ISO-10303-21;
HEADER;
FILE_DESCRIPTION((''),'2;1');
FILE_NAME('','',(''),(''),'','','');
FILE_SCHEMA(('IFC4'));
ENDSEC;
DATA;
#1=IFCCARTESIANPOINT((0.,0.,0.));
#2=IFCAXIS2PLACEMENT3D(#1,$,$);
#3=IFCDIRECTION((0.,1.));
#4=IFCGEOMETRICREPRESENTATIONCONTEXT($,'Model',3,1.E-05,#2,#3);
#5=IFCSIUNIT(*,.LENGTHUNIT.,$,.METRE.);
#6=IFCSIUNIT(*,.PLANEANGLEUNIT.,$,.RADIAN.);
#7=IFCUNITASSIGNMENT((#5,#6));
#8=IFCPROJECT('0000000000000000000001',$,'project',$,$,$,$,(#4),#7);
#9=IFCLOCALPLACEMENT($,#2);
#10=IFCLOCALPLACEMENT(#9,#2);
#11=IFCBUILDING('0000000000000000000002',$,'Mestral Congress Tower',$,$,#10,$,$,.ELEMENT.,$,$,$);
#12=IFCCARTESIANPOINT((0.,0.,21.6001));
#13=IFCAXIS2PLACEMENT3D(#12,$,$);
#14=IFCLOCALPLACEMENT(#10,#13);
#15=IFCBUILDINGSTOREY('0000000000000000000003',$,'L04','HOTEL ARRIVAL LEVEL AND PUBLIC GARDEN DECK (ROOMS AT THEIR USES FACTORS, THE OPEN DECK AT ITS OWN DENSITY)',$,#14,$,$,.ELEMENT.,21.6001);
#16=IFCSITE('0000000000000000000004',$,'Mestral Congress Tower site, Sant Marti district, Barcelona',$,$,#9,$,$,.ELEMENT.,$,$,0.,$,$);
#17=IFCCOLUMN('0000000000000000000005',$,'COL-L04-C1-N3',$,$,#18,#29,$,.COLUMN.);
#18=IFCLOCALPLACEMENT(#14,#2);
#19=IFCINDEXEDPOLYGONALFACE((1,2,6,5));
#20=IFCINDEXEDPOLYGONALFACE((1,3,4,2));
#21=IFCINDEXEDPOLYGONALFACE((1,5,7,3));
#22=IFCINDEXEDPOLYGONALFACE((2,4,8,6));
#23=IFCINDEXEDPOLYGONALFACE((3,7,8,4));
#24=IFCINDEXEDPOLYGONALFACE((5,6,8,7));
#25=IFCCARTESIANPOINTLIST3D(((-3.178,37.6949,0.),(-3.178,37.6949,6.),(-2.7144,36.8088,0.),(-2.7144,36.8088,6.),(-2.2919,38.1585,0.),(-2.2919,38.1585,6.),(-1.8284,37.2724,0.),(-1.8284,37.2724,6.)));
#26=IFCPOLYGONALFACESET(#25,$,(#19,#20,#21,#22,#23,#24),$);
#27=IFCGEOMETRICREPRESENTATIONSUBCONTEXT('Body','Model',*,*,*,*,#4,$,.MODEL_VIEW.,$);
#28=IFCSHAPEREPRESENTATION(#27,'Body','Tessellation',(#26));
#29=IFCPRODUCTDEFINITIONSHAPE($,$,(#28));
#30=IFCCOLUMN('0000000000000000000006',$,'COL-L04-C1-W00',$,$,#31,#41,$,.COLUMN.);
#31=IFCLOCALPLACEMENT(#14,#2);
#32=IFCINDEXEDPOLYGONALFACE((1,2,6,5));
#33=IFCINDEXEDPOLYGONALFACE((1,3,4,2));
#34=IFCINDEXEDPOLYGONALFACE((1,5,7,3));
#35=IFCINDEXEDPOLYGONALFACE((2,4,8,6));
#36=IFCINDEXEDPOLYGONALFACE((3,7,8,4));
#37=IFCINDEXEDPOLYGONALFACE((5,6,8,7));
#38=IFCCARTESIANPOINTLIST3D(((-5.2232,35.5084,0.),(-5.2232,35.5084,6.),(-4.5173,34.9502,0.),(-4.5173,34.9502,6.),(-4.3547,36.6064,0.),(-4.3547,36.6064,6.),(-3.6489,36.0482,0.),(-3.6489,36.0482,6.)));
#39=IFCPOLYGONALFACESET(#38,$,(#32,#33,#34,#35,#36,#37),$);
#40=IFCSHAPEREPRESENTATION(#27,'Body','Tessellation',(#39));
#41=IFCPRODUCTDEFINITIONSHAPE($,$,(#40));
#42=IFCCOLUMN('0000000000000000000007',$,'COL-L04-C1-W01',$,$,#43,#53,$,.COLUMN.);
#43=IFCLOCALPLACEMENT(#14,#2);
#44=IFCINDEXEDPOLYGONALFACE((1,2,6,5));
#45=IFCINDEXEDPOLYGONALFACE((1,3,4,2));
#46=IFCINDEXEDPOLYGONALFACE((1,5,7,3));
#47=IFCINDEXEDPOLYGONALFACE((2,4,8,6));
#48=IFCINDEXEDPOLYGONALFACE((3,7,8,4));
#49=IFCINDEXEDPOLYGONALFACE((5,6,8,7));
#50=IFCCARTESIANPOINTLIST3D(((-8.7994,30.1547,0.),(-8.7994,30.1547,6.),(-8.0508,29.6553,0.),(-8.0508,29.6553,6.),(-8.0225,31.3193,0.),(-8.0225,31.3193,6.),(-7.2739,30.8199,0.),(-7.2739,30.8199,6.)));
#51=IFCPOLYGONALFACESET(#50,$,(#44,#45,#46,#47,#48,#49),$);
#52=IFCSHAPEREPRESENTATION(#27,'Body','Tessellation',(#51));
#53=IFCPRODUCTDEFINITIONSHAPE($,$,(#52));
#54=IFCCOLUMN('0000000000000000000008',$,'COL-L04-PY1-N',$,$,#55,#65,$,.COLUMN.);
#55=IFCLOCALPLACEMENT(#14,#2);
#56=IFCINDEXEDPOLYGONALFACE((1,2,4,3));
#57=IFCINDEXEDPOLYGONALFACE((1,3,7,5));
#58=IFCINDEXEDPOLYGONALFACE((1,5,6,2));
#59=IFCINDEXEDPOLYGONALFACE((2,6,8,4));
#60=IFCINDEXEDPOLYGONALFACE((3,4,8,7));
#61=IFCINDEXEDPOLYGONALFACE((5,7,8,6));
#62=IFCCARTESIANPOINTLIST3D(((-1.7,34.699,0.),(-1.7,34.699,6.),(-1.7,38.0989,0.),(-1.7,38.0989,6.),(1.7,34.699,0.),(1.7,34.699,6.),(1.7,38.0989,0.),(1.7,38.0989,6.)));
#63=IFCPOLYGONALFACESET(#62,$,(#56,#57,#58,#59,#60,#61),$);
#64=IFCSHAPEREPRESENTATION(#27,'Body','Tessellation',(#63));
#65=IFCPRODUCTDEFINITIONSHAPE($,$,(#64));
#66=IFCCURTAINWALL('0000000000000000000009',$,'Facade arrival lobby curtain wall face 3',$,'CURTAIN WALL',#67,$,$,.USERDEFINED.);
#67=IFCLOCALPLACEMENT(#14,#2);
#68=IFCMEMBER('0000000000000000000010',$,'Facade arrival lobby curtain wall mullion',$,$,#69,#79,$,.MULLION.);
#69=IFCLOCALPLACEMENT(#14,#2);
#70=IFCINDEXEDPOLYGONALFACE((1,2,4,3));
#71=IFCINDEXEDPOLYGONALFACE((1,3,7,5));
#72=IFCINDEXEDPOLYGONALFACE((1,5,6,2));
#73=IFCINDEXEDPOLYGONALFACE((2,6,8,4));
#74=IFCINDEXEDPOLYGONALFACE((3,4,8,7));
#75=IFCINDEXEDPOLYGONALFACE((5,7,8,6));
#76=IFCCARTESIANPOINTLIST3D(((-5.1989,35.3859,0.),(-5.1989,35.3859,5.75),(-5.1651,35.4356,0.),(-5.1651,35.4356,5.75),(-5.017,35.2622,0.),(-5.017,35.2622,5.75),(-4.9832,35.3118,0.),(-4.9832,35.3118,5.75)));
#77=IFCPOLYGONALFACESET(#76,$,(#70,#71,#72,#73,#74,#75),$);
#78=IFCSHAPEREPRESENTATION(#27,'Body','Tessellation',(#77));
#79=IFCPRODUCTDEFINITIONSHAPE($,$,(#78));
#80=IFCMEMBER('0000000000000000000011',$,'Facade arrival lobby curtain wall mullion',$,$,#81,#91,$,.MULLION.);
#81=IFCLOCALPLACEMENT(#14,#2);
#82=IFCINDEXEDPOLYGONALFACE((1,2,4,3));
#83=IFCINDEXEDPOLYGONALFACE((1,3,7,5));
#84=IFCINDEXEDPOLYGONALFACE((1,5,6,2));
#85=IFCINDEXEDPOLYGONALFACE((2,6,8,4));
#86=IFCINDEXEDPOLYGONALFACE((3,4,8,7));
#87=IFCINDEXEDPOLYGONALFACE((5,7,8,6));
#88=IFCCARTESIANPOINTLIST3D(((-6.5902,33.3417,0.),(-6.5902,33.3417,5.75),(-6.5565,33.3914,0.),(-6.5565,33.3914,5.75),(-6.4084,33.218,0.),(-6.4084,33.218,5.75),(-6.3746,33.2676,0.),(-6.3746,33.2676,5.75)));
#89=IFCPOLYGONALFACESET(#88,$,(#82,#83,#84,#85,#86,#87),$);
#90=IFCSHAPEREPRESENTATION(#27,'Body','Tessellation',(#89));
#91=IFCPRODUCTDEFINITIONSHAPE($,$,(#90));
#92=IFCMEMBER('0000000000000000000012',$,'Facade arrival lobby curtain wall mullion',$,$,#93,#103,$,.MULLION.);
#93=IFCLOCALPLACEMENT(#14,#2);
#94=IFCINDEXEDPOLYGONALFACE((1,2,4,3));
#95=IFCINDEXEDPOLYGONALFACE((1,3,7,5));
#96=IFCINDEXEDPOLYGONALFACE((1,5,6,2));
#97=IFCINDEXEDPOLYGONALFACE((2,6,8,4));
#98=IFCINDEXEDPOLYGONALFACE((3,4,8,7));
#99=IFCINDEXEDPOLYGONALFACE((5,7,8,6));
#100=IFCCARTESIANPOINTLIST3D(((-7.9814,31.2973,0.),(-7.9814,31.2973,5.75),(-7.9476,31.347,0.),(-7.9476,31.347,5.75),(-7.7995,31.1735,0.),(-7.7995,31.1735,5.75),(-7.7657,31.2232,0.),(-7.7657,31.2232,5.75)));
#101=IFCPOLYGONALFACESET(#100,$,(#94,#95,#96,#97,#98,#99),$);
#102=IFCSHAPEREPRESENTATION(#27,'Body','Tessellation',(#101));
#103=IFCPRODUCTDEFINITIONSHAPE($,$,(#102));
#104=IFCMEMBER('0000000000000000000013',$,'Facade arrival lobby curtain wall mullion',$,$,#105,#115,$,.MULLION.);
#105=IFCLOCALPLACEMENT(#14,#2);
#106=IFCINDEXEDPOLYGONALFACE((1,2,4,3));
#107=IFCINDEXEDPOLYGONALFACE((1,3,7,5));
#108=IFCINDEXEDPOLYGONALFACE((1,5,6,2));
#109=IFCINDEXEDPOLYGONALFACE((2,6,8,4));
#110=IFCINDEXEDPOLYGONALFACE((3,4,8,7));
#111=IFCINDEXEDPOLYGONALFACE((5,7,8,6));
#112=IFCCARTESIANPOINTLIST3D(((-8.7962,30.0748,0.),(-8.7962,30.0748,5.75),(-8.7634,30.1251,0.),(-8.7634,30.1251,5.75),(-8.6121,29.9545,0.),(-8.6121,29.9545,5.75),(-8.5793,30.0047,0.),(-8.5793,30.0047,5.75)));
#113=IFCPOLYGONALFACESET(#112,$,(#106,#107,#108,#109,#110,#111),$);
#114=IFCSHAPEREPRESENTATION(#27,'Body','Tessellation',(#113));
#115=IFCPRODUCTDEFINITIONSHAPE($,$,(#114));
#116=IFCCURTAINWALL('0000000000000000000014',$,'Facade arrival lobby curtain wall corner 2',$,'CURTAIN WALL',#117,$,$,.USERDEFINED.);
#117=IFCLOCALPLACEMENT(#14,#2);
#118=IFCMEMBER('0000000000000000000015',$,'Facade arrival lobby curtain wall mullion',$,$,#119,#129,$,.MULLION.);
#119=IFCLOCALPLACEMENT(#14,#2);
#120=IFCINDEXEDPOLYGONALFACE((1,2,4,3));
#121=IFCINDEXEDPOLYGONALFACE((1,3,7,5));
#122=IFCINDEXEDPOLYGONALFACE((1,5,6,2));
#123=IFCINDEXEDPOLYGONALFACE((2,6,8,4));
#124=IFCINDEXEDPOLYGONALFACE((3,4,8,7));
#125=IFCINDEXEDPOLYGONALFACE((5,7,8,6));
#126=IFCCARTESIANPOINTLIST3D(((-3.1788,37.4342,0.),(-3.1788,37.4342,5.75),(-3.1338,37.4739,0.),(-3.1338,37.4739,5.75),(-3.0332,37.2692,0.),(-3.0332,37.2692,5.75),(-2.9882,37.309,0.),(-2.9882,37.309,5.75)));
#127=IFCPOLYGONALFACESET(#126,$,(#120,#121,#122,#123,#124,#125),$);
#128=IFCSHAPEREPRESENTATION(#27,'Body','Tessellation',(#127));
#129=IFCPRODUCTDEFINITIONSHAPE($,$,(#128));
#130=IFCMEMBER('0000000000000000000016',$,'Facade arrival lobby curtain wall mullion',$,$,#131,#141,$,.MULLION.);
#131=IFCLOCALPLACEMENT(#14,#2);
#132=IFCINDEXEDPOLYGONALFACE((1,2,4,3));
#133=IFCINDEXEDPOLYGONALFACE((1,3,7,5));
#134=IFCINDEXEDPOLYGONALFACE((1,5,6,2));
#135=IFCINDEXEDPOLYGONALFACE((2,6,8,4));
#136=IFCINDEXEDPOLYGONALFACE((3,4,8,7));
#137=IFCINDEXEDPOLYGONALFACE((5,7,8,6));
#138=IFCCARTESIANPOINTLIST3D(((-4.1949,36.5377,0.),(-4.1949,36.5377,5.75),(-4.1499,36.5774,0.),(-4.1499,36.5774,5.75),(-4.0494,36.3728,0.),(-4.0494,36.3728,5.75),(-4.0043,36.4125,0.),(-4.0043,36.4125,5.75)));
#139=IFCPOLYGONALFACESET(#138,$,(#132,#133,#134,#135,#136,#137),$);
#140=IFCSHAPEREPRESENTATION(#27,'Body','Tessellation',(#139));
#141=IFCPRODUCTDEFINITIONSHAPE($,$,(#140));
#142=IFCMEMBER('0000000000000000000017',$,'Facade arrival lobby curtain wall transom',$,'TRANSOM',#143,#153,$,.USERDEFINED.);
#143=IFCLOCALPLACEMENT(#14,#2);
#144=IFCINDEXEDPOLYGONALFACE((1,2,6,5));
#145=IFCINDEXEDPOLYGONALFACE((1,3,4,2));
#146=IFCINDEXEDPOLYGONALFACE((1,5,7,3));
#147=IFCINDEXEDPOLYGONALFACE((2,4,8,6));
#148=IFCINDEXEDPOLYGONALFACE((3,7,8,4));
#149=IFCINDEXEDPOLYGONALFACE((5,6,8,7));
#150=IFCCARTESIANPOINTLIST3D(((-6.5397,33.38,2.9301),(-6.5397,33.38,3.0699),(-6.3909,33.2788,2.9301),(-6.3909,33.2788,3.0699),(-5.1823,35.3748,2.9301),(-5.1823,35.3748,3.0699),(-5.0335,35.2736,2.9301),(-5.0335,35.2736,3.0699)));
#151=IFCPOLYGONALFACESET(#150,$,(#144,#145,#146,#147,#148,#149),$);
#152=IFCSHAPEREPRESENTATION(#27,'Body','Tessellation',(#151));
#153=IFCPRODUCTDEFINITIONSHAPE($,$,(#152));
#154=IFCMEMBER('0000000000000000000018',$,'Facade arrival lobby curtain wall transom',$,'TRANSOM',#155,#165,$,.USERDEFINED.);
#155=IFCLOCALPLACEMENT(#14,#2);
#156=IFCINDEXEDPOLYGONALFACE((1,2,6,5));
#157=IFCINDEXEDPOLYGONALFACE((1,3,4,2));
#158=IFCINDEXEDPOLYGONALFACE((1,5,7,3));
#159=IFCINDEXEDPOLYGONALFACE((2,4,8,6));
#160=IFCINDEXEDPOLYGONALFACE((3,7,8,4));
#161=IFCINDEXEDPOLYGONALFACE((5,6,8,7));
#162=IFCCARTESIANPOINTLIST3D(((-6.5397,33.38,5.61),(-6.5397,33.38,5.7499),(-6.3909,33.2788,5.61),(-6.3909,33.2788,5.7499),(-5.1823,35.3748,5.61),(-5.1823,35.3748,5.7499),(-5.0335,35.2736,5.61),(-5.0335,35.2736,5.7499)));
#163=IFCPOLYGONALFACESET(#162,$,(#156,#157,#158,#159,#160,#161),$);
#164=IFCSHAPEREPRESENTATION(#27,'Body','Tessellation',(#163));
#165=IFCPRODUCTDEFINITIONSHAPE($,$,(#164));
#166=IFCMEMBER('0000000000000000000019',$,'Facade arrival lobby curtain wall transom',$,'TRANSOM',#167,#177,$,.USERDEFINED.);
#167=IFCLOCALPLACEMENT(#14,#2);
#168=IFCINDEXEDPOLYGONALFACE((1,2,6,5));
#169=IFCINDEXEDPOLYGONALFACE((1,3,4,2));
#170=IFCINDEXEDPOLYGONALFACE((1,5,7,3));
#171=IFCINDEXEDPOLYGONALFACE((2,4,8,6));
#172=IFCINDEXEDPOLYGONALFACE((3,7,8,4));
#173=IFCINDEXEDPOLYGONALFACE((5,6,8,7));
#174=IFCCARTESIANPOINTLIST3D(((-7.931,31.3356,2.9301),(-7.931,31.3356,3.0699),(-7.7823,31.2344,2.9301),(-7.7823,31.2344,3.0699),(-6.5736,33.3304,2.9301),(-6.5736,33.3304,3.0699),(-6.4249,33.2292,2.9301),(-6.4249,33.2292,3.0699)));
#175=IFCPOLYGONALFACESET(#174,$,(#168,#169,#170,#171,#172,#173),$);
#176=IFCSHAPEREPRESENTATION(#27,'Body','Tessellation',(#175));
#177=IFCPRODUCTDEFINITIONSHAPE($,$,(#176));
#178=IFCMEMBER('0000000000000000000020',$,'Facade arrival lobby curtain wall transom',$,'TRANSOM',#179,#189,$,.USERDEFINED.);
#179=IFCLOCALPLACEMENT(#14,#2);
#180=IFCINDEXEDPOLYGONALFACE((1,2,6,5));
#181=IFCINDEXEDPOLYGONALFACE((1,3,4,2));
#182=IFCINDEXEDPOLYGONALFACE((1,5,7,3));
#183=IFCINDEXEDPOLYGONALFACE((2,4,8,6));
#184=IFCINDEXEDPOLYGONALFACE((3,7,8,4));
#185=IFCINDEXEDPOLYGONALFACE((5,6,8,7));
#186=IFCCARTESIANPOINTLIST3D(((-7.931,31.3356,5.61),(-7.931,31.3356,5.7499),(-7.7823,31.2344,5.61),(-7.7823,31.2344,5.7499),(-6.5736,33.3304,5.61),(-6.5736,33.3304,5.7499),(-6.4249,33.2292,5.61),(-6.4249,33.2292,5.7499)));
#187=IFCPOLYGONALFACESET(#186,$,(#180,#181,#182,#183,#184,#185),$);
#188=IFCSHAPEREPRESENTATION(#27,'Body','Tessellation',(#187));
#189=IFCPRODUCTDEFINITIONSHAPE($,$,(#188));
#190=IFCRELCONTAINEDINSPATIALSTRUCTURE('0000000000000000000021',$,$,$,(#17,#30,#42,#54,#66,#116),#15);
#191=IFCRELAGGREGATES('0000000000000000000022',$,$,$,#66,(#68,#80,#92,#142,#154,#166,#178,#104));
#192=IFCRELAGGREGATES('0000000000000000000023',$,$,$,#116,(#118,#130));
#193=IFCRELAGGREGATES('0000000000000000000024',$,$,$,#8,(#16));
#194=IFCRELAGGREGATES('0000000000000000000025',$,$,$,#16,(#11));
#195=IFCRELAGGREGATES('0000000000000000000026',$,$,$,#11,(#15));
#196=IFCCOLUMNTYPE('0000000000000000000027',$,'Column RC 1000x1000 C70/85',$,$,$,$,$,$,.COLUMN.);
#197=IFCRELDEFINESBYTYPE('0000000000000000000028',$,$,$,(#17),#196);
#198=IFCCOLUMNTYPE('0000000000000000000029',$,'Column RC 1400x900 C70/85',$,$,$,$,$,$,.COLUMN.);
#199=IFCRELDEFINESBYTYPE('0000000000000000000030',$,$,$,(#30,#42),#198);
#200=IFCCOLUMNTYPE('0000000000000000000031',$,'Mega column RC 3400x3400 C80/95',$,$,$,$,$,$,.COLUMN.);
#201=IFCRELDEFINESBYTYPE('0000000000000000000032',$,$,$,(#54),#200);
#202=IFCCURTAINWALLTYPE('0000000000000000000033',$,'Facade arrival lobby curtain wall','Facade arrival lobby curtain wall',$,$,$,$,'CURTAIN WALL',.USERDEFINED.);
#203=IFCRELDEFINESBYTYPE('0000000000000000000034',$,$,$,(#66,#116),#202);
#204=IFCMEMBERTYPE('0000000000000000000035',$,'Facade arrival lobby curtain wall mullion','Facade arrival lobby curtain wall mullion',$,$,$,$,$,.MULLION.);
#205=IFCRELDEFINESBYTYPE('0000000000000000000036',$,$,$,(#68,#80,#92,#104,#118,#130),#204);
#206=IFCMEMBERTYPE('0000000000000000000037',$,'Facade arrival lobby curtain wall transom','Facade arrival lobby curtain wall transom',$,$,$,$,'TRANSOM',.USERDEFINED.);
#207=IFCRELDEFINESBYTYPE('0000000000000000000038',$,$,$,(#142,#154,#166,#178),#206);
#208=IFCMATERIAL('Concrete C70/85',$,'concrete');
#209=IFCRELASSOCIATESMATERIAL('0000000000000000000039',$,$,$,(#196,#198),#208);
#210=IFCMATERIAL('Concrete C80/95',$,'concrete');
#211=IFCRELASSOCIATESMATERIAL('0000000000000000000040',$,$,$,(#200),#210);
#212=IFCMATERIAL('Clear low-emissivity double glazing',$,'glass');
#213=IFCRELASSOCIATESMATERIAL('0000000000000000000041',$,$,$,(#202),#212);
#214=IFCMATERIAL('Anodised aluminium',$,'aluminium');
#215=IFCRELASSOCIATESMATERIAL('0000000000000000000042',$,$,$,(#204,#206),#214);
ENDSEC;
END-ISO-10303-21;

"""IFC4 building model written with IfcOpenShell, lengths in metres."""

from ifc_helpers import new_model, si_unit, direction, frame, origin, origin_2d, place, context, subcontext, project, spatial, rectangle, extrude, material, material_profile, profile_set, type_object, element, aggregate, save


model = new_model("IFC4")

# Units and contexts
model_context = context("Model", 3, precision=1e-05, world=origin(), true_north=direction((0.0, 1.0)))
body_context = subcontext(model_context, "Body", "Model", "MODEL_VIEW")
ifc_project = project(units=[si_unit("LENGTHUNIT", "METRE"), si_unit("PLANEANGLEUNIT", "RADIAN")], contexts=[model_context])

# Site, building, storey
site_placement = place(None, origin())
site = spatial("IfcSite", under=ifc_project, at=site_placement, Name="Mestral Congress Tower site, Sant Marti district, Barcelona", CompositionType="ELEMENT", RefElevation=0.0)
building_placement = place(site_placement, origin())
building = spatial("IfcBuilding", under=site, at=building_placement, Name="Mestral Congress Tower", CompositionType="ELEMENT")
storey_placement = place(building_placement, frame((0.0, 0.0, 21.6001)))
storey = spatial("IfcBuildingStorey", under=building, at=storey_placement, Name="L04", Description="HOTEL ARRIVAL LEVEL AND PUBLIC GARDEN DECK (ROOMS AT THEIR USES FACTORS, THE OPEN DECK AT ITS OWN DENSITY)", CompositionType="ELEMENT", Elevation=21.6001)

# Columns
ifc_material_1 = material(Name="Concrete C70/85", Category="concrete")
ifc_material_profile_1 = material_profile(ifc_material_1, rectangle(XDim=1.0, YDim=1.0, at=origin_2d()), Name="RC 1000x1000")
ifc_profile_set_1 = profile_set([ifc_material_profile_1], Name="Concrete C70/85")
column_type_1 = type_object("IfcColumnType", Name="Column RC 1000x1000 C70/85", PredefinedType="COLUMN", material=ifc_profile_set_1)
column_1_placement = place(storey_placement, frame((-2.5032, 37.4836, 0.0), z_axis=(0.0, 0.0, 1.0), x_axis=(-0.886068, -0.463556, 0.0)))
element("IfcColumn", 1, at=column_1_placement, inside=storey, type_object=column_type_1, Name="COL-L04-C1-N3", PredefinedType="COLUMN", context=body_context, shape_type="SweptSolid", body=[
    extrude(rectangle(XDim=1.0, YDim=1.0, at=origin_2d()), origin(), (0.0, 0.0, 1.0), 6.0),
])
ifc_material_profile_2 = material_profile(ifc_material_1, rectangle(XDim=1.3999, YDim=0.8999, at=origin_2d()), Name="RC 1400x900")
ifc_profile_set_2 = profile_set([ifc_material_profile_2], Name="Concrete C70/85")
column_type_2 = type_object("IfcColumnType", Name="Column RC 1400x900 C70/85", PredefinedType="COLUMN", material=ifc_profile_set_2)
for number, where, z_axis, x_axis, name in (
    (2, (-4.436, 35.7783, 0.0), (0.0, 0.0, 1.0), (-0.620334, -0.784338, 0.0), "COL-L04-C1-W00"),
    (3, (-8.0366, 30.4873, 0.0), (0.0, 0.0, 1.0), (-0.554949, -0.831884, 0.0), "COL-L04-C1-W01"),
):
    element("IfcColumn", number, at=place(storey_placement, frame(where, z_axis=z_axis, x_axis=x_axis)), inside=storey, type_object=column_type_2, Name=name, PredefinedType="COLUMN", context=body_context, shape_type="SweptSolid", body=[
        extrude(rectangle(XDim=1.3999, YDim=0.8999, at=origin_2d()), origin(), (0.0, 0.0, 1.0), 6.0),
    ])
ifc_material_2 = material(Name="Concrete C80/95", Category="concrete")
ifc_material_profile_3 = material_profile(ifc_material_2, rectangle(XDim=3.3999, YDim=3.3999, at=origin_2d()), Name="RC 3400x3400")
ifc_profile_set_3 = profile_set([ifc_material_profile_3], Name="Concrete C80/95")
column_type_3 = type_object("IfcColumnType", Name="Mega column RC 3400x3400 C80/95", PredefinedType="COLUMN", material=ifc_profile_set_3)
column_2_placement = place(storey_placement, frame((0.0, 36.3989, 0.0), z_axis=(0.0, 0.0, 1.0), x_axis=(0.0, 1.0, 0.0)))
element("IfcColumn", 4, at=column_2_placement, inside=storey, type_object=column_type_3, Name="COL-L04-PY1-N", PredefinedType="COLUMN", context=body_context, shape_type="SweptSolid", body=[
    extrude(rectangle(XDim=3.3999, YDim=3.3999, at=origin_2d()), origin(), (0.0, 0.0, 1.0), 6.0),
])

# Curtain walls, members
ifc_material_3 = material(Name="Clear low-emissivity double glazing", Category="glass")
curtain_wall_type = type_object("IfcCurtainWallType", Name="Facade arrival lobby curtain wall", Description="Facade arrival lobby curtain wall", ElementType="CURTAIN WALL", PredefinedType="USERDEFINED", material=ifc_material_3)
placement = place(storey_placement, origin())
curtain_wall_1 = element("IfcCurtainWall", 5, at=placement, inside=storey, type_object=curtain_wall_type, Name="Facade arrival lobby curtain wall face 3", ObjectType="CURTAIN WALL", PredefinedType="USERDEFINED")
ifc_material_4 = material(Name="Anodised aluminium", Category="aluminium")
ifc_material_profile_4 = material_profile(ifc_material_4, rectangle(XDim=0.22, YDim=0.0601, at=origin_2d()), Name="CW4 mullion 220 x 60")
ifc_profile_set_4 = profile_set([ifc_material_profile_4], Name="Anodised aluminium")
member_type_1 = type_object("IfcMemberType", Name="Facade arrival lobby curtain wall mullion", Description="Facade arrival lobby curtain wall mullion", PredefinedType="MULLION", material=ifc_profile_set_4)
member_1_placement = place(storey_placement, frame((-5.0911, 35.3489, 0.0), z_axis=(0.0, 0.0, 1.0), x_axis=(-0.826713, 0.562623, 0.0)))
member_1 = element("IfcMember", 6, at=member_1_placement, type_object=member_type_1, Name="Facade arrival lobby curtain wall mullion", PredefinedType="MULLION", context=body_context, shape_type="SweptSolid", body=[
    extrude(rectangle(XDim=0.22, YDim=0.0601, at=origin_2d()), origin(), (0.0, 0.0, 1.0), 5.75),
])
member_2_placement = place(storey_placement, frame((-6.4824, 33.3047, 0.0), z_axis=(0.0, 0.0, 1.0), x_axis=(-0.826713, 0.562623, 0.0)))
member_2 = element("IfcMember", 7, at=member_2_placement, type_object=member_type_1, Name="Facade arrival lobby curtain wall mullion", PredefinedType="MULLION", context=body_context, shape_type="SweptSolid", body=[
    extrude(rectangle(XDim=0.22, YDim=0.0601, at=origin_2d()), origin(), (0.0, 0.0, 1.0), 5.75),
])
member_3_placement = place(storey_placement, frame((-7.8735, 31.2603, 0.0), z_axis=(0.0, 0.0, 1.0), x_axis=(-0.826713, 0.562623, 0.0)))
member_3 = element("IfcMember", 8, at=member_3_placement, type_object=member_type_1, Name="Facade arrival lobby curtain wall mullion", PredefinedType="MULLION", context=body_context, shape_type="SweptSolid", body=[
    extrude(rectangle(XDim=0.22, YDim=0.0601, at=origin_2d()), origin(), (0.0, 0.0, 1.0), 5.75),
])
member_4_placement = place(storey_placement, frame((-8.6877, 30.0398, 0.0), z_axis=(0.0, 0.0, 1.0), x_axis=(-0.836982, 0.54723, 0.0)))
member_4 = element("IfcMember", 9, at=member_4_placement, type_object=member_type_1, Name="Facade arrival lobby curtain wall mullion", PredefinedType="MULLION", context=body_context, shape_type="SweptSolid", body=[
    extrude(rectangle(XDim=0.22, YDim=0.0601, at=origin_2d()), origin(), (0.0, 0.0, 1.0), 5.75),
])
curtain_wall_2 = element("IfcCurtainWall", 10, at=placement, inside=storey, type_object=curtain_wall_type, Name="Facade arrival lobby curtain wall corner 2", ObjectType="CURTAIN WALL", PredefinedType="USERDEFINED")
member_5_placement = place(storey_placement, frame((-3.0835, 37.3716, 0.0), z_axis=(0.0, 0.0, 1.0), x_axis=(-0.661651, 0.749812, 0.0)))
member_5 = element("IfcMember", 11, at=member_5_placement, type_object=member_type_1, Name="Facade arrival lobby curtain wall mullion", PredefinedType="MULLION", context=body_context, shape_type="SweptSolid", body=[
    extrude(rectangle(XDim=0.22, YDim=0.0601, at=origin_2d()), origin(), (0.0, 0.0, 1.0), 5.75),
])
member_6_placement = place(storey_placement, frame((-4.0996, 36.4751, 0.0), z_axis=(0.0, 0.0, 1.0), x_axis=(-0.661651, 0.749812, 0.0)))
member_6 = element("IfcMember", 12, at=member_6_placement, type_object=member_type_1, Name="Facade arrival lobby curtain wall mullion", PredefinedType="MULLION", context=body_context, shape_type="SweptSolid", body=[
    extrude(rectangle(XDim=0.22, YDim=0.0601, at=origin_2d()), origin(), (0.0, 0.0, 1.0), 5.75),
])

# Members
ifc_material_profile_5 = material_profile(ifc_material_4, rectangle(XDim=0.1799, YDim=0.1399, at=origin_2d()), Name="CW4 transom 180 x 140")
ifc_profile_set_5 = profile_set([ifc_material_profile_5], Name="Anodised aluminium")
member_type_2 = type_object("IfcMemberType", Name="Facade arrival lobby curtain wall transom", Description="Facade arrival lobby curtain wall transom", ElementType="TRANSOM", PredefinedType="USERDEFINED", material=ifc_profile_set_5)
member_7_placement = place(storey_placement, frame((-5.1079, 35.3242, 3.0), z_axis=(-0.562567, -0.826751, 0.0), x_axis=(0.826751, -0.562567, 0.0)))
member_7 = element("IfcMember", 13, at=member_7_placement, type_object=member_type_2, Name="Facade arrival lobby curtain wall transom", ObjectType="TRANSOM", PredefinedType="USERDEFINED", context=body_context, shape_type="SweptSolid", body=[
    extrude(rectangle(XDim=0.1799, YDim=0.1399, at=origin_2d()), origin(), (0.0, 0.0, 1.0), 2.4128),
])
member_8_placement = place(storey_placement, frame((-5.1079, 35.3242, 5.6799), z_axis=(-0.562567, -0.826751, 0.0), x_axis=(0.826751, -0.562567, 0.0)))
member_8 = element("IfcMember", 14, at=member_8_placement, type_object=member_type_2, Name="Facade arrival lobby curtain wall transom", ObjectType="TRANSOM", PredefinedType="USERDEFINED", context=body_context, shape_type="SweptSolid", body=[
    extrude(rectangle(XDim=0.1799, YDim=0.1399, at=origin_2d()), origin(), (0.0, 0.0, 1.0), 2.4128),
])
member_9_placement = place(storey_placement, frame((-6.4993, 33.2798, 3.0), z_axis=(-0.562567, -0.826751, 0.0), x_axis=(0.826751, -0.562567, 0.0)))
member_9 = element("IfcMember", 15, at=member_9_placement, type_object=member_type_2, Name="Facade arrival lobby curtain wall transom", ObjectType="TRANSOM", PredefinedType="USERDEFINED", context=body_context, shape_type="SweptSolid", body=[
    extrude(rectangle(XDim=0.1799, YDim=0.1399, at=origin_2d()), origin(), (0.0, 0.0, 1.0), 2.4128),
])
member_10_placement = place(storey_placement, frame((-6.4993, 33.2798, 5.6799), z_axis=(-0.562567, -0.826751, 0.0), x_axis=(0.826751, -0.562567, 0.0)))
member_10 = element("IfcMember", 16, at=member_10_placement, type_object=member_type_2, Name="Facade arrival lobby curtain wall transom", ObjectType="TRANSOM", PredefinedType="USERDEFINED", context=body_context, shape_type="SweptSolid", body=[
    extrude(rectangle(XDim=0.1799, YDim=0.1399, at=origin_2d()), origin(), (0.0, 0.0, 1.0), 2.4128),
])

aggregate(curtain_wall_1, [member_1, member_2, member_3, member_7, member_8, member_9, member_10, member_4])
aggregate(curtain_wall_2, [member_5, member_6])

save(model, "model.ifc")
